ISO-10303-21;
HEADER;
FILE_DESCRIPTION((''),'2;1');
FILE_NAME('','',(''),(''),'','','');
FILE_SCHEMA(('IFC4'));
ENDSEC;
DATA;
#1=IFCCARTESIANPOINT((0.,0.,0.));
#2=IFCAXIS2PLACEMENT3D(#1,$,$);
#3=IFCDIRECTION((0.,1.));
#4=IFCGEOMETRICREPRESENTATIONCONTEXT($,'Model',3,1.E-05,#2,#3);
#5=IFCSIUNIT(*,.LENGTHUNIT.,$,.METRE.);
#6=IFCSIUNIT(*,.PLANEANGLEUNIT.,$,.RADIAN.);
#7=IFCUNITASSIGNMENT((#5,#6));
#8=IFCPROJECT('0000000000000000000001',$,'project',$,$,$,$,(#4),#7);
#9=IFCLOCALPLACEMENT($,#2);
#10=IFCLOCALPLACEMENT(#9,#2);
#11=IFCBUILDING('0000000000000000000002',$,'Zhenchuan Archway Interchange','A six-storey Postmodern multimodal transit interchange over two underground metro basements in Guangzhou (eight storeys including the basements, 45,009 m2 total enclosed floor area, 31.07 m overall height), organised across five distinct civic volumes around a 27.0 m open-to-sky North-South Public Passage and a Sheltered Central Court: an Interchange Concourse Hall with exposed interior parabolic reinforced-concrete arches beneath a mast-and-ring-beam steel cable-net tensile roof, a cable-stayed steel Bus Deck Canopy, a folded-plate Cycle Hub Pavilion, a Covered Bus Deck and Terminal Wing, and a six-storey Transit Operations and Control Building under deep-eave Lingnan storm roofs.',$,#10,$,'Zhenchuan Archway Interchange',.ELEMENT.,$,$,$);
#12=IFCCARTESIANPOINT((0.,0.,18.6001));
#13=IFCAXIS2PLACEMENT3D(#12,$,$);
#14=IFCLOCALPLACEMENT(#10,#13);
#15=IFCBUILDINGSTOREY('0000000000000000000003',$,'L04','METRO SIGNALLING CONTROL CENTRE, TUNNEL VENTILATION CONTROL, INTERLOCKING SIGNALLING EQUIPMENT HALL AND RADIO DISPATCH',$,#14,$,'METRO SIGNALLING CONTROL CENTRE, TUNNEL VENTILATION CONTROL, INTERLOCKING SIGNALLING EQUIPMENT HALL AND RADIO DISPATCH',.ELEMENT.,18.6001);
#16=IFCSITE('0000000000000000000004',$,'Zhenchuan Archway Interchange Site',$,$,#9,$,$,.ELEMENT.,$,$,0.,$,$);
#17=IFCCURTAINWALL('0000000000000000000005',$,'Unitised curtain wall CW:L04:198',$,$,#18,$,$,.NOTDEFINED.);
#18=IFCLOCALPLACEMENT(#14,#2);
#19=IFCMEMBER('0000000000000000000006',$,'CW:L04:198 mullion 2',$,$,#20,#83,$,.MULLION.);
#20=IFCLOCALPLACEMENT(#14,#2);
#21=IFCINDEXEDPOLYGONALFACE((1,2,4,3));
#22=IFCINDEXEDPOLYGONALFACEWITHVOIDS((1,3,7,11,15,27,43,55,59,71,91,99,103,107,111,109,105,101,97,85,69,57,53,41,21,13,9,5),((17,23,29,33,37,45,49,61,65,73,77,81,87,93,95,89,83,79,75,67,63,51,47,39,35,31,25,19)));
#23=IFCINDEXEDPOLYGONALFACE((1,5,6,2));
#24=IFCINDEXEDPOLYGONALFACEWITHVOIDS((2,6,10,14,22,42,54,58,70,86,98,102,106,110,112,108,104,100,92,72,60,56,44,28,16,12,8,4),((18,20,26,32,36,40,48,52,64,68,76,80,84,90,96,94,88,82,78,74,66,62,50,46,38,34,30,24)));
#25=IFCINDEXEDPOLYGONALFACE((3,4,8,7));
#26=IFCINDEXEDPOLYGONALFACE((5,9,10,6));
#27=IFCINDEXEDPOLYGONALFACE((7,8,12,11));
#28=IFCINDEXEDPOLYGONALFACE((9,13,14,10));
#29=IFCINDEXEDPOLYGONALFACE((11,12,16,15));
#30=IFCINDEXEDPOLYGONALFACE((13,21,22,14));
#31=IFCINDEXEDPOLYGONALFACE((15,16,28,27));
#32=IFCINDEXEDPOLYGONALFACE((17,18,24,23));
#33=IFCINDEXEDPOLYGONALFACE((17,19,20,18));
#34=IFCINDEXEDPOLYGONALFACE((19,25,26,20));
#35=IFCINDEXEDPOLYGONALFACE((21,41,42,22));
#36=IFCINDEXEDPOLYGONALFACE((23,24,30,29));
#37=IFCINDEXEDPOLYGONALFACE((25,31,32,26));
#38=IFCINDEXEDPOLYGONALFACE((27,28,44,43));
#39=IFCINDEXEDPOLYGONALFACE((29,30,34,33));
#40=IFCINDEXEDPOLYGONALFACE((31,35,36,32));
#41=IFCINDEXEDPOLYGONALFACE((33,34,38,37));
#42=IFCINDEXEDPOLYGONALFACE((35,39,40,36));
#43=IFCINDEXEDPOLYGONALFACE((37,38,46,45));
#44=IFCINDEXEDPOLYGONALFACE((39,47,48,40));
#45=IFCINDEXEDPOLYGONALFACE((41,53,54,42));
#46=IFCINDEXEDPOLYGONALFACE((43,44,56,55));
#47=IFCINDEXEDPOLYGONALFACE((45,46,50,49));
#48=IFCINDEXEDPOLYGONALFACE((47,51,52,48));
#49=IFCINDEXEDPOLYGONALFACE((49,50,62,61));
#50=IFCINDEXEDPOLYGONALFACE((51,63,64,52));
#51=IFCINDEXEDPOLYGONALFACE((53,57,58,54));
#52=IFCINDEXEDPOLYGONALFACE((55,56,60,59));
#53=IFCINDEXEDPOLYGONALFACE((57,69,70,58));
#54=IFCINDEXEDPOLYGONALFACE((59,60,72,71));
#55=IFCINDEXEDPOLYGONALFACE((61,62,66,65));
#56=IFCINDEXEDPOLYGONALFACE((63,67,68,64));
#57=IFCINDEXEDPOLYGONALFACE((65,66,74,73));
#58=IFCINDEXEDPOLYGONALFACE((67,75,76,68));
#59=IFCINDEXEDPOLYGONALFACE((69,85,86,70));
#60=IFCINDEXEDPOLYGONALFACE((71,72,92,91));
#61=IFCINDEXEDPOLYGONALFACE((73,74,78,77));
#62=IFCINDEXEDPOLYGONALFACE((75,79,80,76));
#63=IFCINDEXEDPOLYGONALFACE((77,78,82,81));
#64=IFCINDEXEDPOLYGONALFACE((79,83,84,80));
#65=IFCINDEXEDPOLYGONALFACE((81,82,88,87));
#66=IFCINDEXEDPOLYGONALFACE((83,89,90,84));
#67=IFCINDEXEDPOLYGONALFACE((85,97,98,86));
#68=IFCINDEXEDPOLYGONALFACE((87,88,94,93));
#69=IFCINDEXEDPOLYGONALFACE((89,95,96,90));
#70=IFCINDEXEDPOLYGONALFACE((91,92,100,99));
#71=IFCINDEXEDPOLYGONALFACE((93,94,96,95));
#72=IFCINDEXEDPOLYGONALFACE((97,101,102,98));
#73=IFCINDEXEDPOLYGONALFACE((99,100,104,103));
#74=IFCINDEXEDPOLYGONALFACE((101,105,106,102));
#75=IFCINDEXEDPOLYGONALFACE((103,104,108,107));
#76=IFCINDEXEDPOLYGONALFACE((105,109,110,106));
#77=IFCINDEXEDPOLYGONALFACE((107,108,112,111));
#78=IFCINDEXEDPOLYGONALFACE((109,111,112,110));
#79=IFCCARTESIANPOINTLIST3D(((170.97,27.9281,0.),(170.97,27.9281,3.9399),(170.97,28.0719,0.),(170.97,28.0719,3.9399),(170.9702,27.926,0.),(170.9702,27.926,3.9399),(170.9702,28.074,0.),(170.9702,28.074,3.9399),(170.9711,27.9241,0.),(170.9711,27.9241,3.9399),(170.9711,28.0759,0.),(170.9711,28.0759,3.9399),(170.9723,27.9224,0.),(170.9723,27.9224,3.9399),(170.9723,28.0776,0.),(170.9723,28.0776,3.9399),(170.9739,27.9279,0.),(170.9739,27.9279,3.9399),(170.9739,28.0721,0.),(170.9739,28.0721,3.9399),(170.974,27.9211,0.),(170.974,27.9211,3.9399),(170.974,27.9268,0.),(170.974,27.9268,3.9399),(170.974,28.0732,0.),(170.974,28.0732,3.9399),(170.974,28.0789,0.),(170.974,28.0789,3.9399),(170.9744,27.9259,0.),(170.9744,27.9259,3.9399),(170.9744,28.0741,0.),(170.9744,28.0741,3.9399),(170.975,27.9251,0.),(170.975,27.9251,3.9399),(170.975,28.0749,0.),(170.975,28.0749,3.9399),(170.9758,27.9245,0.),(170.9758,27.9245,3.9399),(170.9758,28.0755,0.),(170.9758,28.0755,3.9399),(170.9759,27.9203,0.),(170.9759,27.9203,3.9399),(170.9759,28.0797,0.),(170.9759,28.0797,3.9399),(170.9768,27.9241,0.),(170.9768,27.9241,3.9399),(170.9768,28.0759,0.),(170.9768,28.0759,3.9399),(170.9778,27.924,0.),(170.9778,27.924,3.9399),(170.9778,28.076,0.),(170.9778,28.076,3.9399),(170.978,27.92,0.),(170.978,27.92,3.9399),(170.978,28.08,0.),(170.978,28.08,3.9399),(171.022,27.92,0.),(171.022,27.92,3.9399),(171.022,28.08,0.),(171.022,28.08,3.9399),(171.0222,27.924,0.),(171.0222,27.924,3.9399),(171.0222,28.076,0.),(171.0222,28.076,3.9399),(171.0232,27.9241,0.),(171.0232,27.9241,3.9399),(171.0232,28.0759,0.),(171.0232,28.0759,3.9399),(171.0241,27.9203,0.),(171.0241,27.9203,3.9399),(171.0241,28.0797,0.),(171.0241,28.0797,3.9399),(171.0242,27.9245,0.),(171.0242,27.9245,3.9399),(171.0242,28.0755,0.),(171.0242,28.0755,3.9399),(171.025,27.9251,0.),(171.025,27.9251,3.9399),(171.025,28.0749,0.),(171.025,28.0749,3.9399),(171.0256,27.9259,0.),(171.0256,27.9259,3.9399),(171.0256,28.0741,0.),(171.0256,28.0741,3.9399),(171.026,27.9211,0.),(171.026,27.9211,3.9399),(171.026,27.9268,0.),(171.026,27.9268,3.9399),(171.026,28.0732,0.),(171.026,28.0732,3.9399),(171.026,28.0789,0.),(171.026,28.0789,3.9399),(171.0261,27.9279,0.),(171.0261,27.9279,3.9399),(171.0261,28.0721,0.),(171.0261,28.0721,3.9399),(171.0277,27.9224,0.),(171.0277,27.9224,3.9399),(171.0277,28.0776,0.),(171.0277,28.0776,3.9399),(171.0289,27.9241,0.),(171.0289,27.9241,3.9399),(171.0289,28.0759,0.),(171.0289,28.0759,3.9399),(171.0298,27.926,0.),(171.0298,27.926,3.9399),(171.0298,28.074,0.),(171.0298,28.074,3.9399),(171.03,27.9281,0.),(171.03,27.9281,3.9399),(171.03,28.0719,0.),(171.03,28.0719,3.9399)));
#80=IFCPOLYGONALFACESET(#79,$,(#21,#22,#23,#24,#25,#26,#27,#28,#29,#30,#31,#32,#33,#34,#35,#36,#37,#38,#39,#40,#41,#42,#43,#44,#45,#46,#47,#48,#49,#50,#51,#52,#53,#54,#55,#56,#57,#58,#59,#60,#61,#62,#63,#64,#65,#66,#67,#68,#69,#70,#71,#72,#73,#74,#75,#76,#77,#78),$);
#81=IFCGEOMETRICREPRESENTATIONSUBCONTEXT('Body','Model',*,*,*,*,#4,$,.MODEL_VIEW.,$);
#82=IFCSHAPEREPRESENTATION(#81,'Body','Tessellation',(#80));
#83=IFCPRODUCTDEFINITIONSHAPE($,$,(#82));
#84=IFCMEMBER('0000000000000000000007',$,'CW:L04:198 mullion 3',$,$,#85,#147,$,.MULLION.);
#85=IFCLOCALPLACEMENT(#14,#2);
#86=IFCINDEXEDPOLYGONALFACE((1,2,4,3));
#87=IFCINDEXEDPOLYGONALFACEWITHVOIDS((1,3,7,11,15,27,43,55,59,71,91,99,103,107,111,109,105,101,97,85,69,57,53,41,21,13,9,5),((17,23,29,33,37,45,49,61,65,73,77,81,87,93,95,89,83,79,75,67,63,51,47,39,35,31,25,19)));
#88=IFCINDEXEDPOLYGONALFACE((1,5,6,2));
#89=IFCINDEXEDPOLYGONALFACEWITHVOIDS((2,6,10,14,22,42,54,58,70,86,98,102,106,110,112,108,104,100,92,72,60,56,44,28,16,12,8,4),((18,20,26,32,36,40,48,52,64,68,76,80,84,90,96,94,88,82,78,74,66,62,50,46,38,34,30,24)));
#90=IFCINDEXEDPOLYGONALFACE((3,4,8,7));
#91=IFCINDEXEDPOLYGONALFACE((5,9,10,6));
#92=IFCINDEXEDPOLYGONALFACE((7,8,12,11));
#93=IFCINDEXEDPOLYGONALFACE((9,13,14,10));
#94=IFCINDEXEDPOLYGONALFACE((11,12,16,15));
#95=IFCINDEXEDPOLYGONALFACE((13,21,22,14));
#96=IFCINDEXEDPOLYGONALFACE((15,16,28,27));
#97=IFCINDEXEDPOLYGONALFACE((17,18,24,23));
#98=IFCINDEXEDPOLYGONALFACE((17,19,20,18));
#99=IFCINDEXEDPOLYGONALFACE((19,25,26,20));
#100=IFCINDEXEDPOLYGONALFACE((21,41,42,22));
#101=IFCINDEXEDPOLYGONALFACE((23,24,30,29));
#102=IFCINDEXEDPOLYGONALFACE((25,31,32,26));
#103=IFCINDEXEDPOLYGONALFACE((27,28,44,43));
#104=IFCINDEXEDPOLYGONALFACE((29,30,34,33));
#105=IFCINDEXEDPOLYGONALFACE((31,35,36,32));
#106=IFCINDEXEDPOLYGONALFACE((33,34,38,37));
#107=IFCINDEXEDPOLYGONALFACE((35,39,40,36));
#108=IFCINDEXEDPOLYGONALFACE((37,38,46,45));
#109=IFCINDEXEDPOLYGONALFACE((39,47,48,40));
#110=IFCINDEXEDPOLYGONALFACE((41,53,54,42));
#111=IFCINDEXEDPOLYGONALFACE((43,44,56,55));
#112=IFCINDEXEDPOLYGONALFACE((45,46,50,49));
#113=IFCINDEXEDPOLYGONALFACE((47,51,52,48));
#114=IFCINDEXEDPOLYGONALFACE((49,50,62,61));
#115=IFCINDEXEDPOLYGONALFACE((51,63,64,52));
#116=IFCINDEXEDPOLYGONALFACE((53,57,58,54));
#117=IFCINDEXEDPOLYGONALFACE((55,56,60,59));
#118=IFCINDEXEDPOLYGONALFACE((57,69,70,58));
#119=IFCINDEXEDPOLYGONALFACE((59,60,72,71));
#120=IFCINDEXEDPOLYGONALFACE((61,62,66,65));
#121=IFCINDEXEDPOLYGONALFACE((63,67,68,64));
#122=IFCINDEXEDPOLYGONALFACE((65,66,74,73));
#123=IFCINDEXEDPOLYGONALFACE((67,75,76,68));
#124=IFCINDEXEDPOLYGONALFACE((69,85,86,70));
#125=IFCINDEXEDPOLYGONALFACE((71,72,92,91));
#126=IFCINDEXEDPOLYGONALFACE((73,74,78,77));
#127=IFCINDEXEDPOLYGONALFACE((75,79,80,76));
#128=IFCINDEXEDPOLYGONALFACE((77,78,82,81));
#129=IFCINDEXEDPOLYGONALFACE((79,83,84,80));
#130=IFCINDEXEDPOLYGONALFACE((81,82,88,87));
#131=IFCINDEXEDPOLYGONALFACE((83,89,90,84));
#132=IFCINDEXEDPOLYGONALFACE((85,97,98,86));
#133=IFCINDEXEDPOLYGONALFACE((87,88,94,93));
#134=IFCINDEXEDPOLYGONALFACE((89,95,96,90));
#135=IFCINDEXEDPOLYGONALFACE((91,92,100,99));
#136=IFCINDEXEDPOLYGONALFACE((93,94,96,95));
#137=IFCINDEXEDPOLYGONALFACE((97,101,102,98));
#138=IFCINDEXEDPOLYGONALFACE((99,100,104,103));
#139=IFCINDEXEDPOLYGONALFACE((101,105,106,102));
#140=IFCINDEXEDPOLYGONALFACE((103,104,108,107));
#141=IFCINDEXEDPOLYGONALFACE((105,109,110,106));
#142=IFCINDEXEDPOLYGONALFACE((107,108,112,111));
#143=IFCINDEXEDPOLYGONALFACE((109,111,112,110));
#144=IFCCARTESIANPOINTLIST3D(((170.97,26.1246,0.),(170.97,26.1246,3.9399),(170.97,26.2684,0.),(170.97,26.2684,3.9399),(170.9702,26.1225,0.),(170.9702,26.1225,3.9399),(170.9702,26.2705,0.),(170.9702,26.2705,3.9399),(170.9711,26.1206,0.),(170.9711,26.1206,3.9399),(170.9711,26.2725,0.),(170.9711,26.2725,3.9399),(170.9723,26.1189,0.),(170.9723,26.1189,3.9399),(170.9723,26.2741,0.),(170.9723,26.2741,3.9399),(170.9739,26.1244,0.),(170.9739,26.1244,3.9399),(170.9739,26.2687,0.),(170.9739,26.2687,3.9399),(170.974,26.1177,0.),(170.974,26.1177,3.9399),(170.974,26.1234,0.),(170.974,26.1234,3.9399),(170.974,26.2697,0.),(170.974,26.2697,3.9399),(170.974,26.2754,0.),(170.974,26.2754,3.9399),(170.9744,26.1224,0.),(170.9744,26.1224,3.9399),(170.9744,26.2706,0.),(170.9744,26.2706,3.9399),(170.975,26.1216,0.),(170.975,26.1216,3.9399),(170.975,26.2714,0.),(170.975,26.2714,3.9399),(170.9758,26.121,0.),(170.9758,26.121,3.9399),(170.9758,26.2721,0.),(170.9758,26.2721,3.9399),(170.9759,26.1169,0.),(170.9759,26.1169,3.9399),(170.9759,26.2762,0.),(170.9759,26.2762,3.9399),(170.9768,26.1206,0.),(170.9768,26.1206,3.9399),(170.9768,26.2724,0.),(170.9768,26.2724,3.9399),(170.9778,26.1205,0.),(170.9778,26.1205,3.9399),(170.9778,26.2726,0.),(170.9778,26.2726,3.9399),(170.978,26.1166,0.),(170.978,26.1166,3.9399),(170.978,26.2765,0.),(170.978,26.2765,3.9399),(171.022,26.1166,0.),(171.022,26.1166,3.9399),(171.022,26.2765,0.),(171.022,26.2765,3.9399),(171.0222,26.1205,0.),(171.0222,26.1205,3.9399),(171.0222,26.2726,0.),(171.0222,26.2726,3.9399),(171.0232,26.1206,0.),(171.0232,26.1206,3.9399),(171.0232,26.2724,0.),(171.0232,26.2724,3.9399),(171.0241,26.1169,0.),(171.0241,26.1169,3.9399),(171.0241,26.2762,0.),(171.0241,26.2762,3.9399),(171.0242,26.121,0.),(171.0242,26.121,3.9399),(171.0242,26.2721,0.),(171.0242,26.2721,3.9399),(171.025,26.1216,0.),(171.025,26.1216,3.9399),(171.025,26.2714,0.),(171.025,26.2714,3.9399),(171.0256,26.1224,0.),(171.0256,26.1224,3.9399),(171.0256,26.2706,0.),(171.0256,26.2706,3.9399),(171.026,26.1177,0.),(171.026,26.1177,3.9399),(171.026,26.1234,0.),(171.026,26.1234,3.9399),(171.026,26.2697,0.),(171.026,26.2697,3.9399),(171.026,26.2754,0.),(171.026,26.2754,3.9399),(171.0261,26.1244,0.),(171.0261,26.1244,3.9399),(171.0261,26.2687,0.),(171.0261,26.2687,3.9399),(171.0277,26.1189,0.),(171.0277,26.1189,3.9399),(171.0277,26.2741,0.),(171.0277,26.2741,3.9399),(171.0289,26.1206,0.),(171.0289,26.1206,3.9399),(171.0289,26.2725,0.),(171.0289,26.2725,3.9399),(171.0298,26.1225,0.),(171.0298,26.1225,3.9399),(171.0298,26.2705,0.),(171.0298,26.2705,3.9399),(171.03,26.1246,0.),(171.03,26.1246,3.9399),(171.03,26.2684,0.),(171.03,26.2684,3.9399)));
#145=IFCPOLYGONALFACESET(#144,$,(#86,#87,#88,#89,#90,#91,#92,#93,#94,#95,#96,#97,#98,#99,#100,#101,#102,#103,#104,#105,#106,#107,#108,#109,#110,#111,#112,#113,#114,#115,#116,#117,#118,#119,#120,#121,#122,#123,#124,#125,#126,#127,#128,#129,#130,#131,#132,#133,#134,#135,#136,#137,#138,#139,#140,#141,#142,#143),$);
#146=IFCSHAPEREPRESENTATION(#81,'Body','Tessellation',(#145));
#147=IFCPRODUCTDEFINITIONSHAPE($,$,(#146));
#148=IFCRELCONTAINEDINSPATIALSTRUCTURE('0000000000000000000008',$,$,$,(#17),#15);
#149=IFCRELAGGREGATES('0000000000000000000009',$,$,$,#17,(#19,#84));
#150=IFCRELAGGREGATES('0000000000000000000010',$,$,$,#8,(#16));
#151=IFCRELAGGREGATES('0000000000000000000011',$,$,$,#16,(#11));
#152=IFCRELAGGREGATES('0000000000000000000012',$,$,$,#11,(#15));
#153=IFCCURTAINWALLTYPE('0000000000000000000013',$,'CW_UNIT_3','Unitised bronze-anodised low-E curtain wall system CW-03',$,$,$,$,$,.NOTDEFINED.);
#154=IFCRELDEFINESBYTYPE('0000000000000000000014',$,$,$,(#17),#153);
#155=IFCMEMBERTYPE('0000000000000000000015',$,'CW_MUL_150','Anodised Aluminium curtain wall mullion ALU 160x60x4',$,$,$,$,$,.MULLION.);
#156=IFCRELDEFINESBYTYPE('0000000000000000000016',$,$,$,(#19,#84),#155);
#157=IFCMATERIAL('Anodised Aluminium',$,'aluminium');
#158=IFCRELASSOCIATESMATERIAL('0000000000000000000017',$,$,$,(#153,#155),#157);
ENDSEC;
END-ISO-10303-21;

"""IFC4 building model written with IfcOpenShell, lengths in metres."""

from ifc_helpers import new_model, si_unit, direction, frame, origin, origin_2d, place, context, subcontext, project, spatial, hollow_rectangle, extrude, material, material_profile, profile_set, type_object, element, aggregate, save


model = new_model("IFC4")

# Units and contexts
model_context = context("Model", 3, precision=1e-05, world=origin(), true_north=direction((0.0, 1.0)))
body_context = subcontext(model_context, "Body", "Model", "MODEL_VIEW")
ifc_project = project(units=[si_unit("LENGTHUNIT", "METRE"), si_unit("PLANEANGLEUNIT", "RADIAN")], contexts=[model_context])

# Site, building, storey
site_placement = place(None, origin())
site = spatial("IfcSite", under=ifc_project, at=site_placement, Name="Zhenchuan Archway Interchange Site", CompositionType="ELEMENT", RefElevation=0.0)
building_placement = place(site_placement, origin())
building = spatial("IfcBuilding", under=site, at=building_placement, Name="Zhenchuan Archway Interchange", Description="A six-storey Postmodern multimodal transit interchange over two underground metro basements in Guangzhou (eight storeys including the basements, 45,009 m2 total enclosed floor area, 31.07 m overall height), organised across five distinct civic volumes around a 27.0 m open-to-sky North-South Public Passage and a Sheltered Central Court: an Interchange Concourse Hall with exposed interior parabolic reinforced-concrete arches beneath a mast-and-ring-beam steel cable-net tensile roof, a cable-stayed steel Bus Deck Canopy, a folded-plate Cycle Hub Pavilion, a Covered Bus Deck and Terminal Wing, and a six-storey Transit Operations and Control Building under deep-eave Lingnan storm roofs.", LongName="Zhenchuan Archway Interchange", CompositionType="ELEMENT")
storey_placement = place(building_placement, frame((0.0, 0.0, 18.6001)))
storey = spatial("IfcBuildingStorey", under=building, at=storey_placement, Name="L04", Description="METRO SIGNALLING CONTROL CENTRE, TUNNEL VENTILATION CONTROL, INTERLOCKING SIGNALLING EQUIPMENT HALL AND RADIO DISPATCH", LongName="METRO SIGNALLING CONTROL CENTRE, TUNNEL VENTILATION CONTROL, INTERLOCKING SIGNALLING EQUIPMENT HALL AND RADIO DISPATCH", CompositionType="ELEMENT", Elevation=18.6001)

# Curtain wall, members
ifc_material_1 = material(Name="Anodised Aluminium", Category="aluminium")
curtain_wall_type = type_object("IfcCurtainWallType", Name="CW_UNIT_3", Description="Unitised bronze-anodised low-E curtain wall system CW-03", PredefinedType="NOTDEFINED", material=ifc_material_1)
curtain_wall_placement = place(storey_placement, origin())
curtain_wall = element("IfcCurtainWall", 1, at=curtain_wall_placement, inside=storey, type_object=curtain_wall_type, Name="Unitised curtain wall CW:L04:198", PredefinedType="NOTDEFINED")
ifc_material_profile_1 = material_profile(ifc_material_1, hollow_rectangle(XDim=0.0601, YDim=0.1599, WallThickness=0.0039, InnerFilletRadius=0.0039, OuterFilletRadius=0.0081, at=origin_2d()), Name="ALU 160x60x4")
ifc_profile_set_1 = profile_set([ifc_material_profile_1], Name="Anodised Aluminium")
member_type_1 = type_object("IfcMemberType", Name="CW_MUL_150", Description="Anodised Aluminium curtain wall mullion ALU 160x60x4", PredefinedType="MULLION", material=ifc_profile_set_1)
member_1_placement = place(storey_placement, frame((171.0, 28.0, 0.0), z_axis=(0.0, 0.0, 1.0), x_axis=(1.0, 0.0, 0.0)))
member_1 = element("IfcMember", 2, at=member_1_placement, type_object=member_type_1, Name="CW:L04:198 mullion 2", PredefinedType="MULLION", context=body_context, shape_type="SweptSolid", body=[
    extrude(hollow_rectangle(XDim=0.0601, YDim=0.1599, WallThickness=0.0039, InnerFilletRadius=0.0039, OuterFilletRadius=0.0081, at=origin_2d()), origin(), (0.0, 0.0, 1.0), 3.9399),
])
member_2_placement = place(storey_placement, frame((171.0, 26.1965, 0.0), z_axis=(0.0, 0.0, 1.0), x_axis=(1.0, 0.0, 0.0)))
member_2 = element("IfcMember", 3, at=member_2_placement, type_object=member_type_1, Name="CW:L04:198 mullion 3", PredefinedType="MULLION", context=body_context, shape_type="SweptSolid", body=[
    extrude(hollow_rectangle(XDim=0.0601, YDim=0.1599, WallThickness=0.0039, InnerFilletRadius=0.0039, OuterFilletRadius=0.0081, at=origin_2d()), origin(), (0.0, 0.0, 1.0), 3.9399),
])

aggregate(curtain_wall, [member_1, member_2])

save(model, "model.ifc")
